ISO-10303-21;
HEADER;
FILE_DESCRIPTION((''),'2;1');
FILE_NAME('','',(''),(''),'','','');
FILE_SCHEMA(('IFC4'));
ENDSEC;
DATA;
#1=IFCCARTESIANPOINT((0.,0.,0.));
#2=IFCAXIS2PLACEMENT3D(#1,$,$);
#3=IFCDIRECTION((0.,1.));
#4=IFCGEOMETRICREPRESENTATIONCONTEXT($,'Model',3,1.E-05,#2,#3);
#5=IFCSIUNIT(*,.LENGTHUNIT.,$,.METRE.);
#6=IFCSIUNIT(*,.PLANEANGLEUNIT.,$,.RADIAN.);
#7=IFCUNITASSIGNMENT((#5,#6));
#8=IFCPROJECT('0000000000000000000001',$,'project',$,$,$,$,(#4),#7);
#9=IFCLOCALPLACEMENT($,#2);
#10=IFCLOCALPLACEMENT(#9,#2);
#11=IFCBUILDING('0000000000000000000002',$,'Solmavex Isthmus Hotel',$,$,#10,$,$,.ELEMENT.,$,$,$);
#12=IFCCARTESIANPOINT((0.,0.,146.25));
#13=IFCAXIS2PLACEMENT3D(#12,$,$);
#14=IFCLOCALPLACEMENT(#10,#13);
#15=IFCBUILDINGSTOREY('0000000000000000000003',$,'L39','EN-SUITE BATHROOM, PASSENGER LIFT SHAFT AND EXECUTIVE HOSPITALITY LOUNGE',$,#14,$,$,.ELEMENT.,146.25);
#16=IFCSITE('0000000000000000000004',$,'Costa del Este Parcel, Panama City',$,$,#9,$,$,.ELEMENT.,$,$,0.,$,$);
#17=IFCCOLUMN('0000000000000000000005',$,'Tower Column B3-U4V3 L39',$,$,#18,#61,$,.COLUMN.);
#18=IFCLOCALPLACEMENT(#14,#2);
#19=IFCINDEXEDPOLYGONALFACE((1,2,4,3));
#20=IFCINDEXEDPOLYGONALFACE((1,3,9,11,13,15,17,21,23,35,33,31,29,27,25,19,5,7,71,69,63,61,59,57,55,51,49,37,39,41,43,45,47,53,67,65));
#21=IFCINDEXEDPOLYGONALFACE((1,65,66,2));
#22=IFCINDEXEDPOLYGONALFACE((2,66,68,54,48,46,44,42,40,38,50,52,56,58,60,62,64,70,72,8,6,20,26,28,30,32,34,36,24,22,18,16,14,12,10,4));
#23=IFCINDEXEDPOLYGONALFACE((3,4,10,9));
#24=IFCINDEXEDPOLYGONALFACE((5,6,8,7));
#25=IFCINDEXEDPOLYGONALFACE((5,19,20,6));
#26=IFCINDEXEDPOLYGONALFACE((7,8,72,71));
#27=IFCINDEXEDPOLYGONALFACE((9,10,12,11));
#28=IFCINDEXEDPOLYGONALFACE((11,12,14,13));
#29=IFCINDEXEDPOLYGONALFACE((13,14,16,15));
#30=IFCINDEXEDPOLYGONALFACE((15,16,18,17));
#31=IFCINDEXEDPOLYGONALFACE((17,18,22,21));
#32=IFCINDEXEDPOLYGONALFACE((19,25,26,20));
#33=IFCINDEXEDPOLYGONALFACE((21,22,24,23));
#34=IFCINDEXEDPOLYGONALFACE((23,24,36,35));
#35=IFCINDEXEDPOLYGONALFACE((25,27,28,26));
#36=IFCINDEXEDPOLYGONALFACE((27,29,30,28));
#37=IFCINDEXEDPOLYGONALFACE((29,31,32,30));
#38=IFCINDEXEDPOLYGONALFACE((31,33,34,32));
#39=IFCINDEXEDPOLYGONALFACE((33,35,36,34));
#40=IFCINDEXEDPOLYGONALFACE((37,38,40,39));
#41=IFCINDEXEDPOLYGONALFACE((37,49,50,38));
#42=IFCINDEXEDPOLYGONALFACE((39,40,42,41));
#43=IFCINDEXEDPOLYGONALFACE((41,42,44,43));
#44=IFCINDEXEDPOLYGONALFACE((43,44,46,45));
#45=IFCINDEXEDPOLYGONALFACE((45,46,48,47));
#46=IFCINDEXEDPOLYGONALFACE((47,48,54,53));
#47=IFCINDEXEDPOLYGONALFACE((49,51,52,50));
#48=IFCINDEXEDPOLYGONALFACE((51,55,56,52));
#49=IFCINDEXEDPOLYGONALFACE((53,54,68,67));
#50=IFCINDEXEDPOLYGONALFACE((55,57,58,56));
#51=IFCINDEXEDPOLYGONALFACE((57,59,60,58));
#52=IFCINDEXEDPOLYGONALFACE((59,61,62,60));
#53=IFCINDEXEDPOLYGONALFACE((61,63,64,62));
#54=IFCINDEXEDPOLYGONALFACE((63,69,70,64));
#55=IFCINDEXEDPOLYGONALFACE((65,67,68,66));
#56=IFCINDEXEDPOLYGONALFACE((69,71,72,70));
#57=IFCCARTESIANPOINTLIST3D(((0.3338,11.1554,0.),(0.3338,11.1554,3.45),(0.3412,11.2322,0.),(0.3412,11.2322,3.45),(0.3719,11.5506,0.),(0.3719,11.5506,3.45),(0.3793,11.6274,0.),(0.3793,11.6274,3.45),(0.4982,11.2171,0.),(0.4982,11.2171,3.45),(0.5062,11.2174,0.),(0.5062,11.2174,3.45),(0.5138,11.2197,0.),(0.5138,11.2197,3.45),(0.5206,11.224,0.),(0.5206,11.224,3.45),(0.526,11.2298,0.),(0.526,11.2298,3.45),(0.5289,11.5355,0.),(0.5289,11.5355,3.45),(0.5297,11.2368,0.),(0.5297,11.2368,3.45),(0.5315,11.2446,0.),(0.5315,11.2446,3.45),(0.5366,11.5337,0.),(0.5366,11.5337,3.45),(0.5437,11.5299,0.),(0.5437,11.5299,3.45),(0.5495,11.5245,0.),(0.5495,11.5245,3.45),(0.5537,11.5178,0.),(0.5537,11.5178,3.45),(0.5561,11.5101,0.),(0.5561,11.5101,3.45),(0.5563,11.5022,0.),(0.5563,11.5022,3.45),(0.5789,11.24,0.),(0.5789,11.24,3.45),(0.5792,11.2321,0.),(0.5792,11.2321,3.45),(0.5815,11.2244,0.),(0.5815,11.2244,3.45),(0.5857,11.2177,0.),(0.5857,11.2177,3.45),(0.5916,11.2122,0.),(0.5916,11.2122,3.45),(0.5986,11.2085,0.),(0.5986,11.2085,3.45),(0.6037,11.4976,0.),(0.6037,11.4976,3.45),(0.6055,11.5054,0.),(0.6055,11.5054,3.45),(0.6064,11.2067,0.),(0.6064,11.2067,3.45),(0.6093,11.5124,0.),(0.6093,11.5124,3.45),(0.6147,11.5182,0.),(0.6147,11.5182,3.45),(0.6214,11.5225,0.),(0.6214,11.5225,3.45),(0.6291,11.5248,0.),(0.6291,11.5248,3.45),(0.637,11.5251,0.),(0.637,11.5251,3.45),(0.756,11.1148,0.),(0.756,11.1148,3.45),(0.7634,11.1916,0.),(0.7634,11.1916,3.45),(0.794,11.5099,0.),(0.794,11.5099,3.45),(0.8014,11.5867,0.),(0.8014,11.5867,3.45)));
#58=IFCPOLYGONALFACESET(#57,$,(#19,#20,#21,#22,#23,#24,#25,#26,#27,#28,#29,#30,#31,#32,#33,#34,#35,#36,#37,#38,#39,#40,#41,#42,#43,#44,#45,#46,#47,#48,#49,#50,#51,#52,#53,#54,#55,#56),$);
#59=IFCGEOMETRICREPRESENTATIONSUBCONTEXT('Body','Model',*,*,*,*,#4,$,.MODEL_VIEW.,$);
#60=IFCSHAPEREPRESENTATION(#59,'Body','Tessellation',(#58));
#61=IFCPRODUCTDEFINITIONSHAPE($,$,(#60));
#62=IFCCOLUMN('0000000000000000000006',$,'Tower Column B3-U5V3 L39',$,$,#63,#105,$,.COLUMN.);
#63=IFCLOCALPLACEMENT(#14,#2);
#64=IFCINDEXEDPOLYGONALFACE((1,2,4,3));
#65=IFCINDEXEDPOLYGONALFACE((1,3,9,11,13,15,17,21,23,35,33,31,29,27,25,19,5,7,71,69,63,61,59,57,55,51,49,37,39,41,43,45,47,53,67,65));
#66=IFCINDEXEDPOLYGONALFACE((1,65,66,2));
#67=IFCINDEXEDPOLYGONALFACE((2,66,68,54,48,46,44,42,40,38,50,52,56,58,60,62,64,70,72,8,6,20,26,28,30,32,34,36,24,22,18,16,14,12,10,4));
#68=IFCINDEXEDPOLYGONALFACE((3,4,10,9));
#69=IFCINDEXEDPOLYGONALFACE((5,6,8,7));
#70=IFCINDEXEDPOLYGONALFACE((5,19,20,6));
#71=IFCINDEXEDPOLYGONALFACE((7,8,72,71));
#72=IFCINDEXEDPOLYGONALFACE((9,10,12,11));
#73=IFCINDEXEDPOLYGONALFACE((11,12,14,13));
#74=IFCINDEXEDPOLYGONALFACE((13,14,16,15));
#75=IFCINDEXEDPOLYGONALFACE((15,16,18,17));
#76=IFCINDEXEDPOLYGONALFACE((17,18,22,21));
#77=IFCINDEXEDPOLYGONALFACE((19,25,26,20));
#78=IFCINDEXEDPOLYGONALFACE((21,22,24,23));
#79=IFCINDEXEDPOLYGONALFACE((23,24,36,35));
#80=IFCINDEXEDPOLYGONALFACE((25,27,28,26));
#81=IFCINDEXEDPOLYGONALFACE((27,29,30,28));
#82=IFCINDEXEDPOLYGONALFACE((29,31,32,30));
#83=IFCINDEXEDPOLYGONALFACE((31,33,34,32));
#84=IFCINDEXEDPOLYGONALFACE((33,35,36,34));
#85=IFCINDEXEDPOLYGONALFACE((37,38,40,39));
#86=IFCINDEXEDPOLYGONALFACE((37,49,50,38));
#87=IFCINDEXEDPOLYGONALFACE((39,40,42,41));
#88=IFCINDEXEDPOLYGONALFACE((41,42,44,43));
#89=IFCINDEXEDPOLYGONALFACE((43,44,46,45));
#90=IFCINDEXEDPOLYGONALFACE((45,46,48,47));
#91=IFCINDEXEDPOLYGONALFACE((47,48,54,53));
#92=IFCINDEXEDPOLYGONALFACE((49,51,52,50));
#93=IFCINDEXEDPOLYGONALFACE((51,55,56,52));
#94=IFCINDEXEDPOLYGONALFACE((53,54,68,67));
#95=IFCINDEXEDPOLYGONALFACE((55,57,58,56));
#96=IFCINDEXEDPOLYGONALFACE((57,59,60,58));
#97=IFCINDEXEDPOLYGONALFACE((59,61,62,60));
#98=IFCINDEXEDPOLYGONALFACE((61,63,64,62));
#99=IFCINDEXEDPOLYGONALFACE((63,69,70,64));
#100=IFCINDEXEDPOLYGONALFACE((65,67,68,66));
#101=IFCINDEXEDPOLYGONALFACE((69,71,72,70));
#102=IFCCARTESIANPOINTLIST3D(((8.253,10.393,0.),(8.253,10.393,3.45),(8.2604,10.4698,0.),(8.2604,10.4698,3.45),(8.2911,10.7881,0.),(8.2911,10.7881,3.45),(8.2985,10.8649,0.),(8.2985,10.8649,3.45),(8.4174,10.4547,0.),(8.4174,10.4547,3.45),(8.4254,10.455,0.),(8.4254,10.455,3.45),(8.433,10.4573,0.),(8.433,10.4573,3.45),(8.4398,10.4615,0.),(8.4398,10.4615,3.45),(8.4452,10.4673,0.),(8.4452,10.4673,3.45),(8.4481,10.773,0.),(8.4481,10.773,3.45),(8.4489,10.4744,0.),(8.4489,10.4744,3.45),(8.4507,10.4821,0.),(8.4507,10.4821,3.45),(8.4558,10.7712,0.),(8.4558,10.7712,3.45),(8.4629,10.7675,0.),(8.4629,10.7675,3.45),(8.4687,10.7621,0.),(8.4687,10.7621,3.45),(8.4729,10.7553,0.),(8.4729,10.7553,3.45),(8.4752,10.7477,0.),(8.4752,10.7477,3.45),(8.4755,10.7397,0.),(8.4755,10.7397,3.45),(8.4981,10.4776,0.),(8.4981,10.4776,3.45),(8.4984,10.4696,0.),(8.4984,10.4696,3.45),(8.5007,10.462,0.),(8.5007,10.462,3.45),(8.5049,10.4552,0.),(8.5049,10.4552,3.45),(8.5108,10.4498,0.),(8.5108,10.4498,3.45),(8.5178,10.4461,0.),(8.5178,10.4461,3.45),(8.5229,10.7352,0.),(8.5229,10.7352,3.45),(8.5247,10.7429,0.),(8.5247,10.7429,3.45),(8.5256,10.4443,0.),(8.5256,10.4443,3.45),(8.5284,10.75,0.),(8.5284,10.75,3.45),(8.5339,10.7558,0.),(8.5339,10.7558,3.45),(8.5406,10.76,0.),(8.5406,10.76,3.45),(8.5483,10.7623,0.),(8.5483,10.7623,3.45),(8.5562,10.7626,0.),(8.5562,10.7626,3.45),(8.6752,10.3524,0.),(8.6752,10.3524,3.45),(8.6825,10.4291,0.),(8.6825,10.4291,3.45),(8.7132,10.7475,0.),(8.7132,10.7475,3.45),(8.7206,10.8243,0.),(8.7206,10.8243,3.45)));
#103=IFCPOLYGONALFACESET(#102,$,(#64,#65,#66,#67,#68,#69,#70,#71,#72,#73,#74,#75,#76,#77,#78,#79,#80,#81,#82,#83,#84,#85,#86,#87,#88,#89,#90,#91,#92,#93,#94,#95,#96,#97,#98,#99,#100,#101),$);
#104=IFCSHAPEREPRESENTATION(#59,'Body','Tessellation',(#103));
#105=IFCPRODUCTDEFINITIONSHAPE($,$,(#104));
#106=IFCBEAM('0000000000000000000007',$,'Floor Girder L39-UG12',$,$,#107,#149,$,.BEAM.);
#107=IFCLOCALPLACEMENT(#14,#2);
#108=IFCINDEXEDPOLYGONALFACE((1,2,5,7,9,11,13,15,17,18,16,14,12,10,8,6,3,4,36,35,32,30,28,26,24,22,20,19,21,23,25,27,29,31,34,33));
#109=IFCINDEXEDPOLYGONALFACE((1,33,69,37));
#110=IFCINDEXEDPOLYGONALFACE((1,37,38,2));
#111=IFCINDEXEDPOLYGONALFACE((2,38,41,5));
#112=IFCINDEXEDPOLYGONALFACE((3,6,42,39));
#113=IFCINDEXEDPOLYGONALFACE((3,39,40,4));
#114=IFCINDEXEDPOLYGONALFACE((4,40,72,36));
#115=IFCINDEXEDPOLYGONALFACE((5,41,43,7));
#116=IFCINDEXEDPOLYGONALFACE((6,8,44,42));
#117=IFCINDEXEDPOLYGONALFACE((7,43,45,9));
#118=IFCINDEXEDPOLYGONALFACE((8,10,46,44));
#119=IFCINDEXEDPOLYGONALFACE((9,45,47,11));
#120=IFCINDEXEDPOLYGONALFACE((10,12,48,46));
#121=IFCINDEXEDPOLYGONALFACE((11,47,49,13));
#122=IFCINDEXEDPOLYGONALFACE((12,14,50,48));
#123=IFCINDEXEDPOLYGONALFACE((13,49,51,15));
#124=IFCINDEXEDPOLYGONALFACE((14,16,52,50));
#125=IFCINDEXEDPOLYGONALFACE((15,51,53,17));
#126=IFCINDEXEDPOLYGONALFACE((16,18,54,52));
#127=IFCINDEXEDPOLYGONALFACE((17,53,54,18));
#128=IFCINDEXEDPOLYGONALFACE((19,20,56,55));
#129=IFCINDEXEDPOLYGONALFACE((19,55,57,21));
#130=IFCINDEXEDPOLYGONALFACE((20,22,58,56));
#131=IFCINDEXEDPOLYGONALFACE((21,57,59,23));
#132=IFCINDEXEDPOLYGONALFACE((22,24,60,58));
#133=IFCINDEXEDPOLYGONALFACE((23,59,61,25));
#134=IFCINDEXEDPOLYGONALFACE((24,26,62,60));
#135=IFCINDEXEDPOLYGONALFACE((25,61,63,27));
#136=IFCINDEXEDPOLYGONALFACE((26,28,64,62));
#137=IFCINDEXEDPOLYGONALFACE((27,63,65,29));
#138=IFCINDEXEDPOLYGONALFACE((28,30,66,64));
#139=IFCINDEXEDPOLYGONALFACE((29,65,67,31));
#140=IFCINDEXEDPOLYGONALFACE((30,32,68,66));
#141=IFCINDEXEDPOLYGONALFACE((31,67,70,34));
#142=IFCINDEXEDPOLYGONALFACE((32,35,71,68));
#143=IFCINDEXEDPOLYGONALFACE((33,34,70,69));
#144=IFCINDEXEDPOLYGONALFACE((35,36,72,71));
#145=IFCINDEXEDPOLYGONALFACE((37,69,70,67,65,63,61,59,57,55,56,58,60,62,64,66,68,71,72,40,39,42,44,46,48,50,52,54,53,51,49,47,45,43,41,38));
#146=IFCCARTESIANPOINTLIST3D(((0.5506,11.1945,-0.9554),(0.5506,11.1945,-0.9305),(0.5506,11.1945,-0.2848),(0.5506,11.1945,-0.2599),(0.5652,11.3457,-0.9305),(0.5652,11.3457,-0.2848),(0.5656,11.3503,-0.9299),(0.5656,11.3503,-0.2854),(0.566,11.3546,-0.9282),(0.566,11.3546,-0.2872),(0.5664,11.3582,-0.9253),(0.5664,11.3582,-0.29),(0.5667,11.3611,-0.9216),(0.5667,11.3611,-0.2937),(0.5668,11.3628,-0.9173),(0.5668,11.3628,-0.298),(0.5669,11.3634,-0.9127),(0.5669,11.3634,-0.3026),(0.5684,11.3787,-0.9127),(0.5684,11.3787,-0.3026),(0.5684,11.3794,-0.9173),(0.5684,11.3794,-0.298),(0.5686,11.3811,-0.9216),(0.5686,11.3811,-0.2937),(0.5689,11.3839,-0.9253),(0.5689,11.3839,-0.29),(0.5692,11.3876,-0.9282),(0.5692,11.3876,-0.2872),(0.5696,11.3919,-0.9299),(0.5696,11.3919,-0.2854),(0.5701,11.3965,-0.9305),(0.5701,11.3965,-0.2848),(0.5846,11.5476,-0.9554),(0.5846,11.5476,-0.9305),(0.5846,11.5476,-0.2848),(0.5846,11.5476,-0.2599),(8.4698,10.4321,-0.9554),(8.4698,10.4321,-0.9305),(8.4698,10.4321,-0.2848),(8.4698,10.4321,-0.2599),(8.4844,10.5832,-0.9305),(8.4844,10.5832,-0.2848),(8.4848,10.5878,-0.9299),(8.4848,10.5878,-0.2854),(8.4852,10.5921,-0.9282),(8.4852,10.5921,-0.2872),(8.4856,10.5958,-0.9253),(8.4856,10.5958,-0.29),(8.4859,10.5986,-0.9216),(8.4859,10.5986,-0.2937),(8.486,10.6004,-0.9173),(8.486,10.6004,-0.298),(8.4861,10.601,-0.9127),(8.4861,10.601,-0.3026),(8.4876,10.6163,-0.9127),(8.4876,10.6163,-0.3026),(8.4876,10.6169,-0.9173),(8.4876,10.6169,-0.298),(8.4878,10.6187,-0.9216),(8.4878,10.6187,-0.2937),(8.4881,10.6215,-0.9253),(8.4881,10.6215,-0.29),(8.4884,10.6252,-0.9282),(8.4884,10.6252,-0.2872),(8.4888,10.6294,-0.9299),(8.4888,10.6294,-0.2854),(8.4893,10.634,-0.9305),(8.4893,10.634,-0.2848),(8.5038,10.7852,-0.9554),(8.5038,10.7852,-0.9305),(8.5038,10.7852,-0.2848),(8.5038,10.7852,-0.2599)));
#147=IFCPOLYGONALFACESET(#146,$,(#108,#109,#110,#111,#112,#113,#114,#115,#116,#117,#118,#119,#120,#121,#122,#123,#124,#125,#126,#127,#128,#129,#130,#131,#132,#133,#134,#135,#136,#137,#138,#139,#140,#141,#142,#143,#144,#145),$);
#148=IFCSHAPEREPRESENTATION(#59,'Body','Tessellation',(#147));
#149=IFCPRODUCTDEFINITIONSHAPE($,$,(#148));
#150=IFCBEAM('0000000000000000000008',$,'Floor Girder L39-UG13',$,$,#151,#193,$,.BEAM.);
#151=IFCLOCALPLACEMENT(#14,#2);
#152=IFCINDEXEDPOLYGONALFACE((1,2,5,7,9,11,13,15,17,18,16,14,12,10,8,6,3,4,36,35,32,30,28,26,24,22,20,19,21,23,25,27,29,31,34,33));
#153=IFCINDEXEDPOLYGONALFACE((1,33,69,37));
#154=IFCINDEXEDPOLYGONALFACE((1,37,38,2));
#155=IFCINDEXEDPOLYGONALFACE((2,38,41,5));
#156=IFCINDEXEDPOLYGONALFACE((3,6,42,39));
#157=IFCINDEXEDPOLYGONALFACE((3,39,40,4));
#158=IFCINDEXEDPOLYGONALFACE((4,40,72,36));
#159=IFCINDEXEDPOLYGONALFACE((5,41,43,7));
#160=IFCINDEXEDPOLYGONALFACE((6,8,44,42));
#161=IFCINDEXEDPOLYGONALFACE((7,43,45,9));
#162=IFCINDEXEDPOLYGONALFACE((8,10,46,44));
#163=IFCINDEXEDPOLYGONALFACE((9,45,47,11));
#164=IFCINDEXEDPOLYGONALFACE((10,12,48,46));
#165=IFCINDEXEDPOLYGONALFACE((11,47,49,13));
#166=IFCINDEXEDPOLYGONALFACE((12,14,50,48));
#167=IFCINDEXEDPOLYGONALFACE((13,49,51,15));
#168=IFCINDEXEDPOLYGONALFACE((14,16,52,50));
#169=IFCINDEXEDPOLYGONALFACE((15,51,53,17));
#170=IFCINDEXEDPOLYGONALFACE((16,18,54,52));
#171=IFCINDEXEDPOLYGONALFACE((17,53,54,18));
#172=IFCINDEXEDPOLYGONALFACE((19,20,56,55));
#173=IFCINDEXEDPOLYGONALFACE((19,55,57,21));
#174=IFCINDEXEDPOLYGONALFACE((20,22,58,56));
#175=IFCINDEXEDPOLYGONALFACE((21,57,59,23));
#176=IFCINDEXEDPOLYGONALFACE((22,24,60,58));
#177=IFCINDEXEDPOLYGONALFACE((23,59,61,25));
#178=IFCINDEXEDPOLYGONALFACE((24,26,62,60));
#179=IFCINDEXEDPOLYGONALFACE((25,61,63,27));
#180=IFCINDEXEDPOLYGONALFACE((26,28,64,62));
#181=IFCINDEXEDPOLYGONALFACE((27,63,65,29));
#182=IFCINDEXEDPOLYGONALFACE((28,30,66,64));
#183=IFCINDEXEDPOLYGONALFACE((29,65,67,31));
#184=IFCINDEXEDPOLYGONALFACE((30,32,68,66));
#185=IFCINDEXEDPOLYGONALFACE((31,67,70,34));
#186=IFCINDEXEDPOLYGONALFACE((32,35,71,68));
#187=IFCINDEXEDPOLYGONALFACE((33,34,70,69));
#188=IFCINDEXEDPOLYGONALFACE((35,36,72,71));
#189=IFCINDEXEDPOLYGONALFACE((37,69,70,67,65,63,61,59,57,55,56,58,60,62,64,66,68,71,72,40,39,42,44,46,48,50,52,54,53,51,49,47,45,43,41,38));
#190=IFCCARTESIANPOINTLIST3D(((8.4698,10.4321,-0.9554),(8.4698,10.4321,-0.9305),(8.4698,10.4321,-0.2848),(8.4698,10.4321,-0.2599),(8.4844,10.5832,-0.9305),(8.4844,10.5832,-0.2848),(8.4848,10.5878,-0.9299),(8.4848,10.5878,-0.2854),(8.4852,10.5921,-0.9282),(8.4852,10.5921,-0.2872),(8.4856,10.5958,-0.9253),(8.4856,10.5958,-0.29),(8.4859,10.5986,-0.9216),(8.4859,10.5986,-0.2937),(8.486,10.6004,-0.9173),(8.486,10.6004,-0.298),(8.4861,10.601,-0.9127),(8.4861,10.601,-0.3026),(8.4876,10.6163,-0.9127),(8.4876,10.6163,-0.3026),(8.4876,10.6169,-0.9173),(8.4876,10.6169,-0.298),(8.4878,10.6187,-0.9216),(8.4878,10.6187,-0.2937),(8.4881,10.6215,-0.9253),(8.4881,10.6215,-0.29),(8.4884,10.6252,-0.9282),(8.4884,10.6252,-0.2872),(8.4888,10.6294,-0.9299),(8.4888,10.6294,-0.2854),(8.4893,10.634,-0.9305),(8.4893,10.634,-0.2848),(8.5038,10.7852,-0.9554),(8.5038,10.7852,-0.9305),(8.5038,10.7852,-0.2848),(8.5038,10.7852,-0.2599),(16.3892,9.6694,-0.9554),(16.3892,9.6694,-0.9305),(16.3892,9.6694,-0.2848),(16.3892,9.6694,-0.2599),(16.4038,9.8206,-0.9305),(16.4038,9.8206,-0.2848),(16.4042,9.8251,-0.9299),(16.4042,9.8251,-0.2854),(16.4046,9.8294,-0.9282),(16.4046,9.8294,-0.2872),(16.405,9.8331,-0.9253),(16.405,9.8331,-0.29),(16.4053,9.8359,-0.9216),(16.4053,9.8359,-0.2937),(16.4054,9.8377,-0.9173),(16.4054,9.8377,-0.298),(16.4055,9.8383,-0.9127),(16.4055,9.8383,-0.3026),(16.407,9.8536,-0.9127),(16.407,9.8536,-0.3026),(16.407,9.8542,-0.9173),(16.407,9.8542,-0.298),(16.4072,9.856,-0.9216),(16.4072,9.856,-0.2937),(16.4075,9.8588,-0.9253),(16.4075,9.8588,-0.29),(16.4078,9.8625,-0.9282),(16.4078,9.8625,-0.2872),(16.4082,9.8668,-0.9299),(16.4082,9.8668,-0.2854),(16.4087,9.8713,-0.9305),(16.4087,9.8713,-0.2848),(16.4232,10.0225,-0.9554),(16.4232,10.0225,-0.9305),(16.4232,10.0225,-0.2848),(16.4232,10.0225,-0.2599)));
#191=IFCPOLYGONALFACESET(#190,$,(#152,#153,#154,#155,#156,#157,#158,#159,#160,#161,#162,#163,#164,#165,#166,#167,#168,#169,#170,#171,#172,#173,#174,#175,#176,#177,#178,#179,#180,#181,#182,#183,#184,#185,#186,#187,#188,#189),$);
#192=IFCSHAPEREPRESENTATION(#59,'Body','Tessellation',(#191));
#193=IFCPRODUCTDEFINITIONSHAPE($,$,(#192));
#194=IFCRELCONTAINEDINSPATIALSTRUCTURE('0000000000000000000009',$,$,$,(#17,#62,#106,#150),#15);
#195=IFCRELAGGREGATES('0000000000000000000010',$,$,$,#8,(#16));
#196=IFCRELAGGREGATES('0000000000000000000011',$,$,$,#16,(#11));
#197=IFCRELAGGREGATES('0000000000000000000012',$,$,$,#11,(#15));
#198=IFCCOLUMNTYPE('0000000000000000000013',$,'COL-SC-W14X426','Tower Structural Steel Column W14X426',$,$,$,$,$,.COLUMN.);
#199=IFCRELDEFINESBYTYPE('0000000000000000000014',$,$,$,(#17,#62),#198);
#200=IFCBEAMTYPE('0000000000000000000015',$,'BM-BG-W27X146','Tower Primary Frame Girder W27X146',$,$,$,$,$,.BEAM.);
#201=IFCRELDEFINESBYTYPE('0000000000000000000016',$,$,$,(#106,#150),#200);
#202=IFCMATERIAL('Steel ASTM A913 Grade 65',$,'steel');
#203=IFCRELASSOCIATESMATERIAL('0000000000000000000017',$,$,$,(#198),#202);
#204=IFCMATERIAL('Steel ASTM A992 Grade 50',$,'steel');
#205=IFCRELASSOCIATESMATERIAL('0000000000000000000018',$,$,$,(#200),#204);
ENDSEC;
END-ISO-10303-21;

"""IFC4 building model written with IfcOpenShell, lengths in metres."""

from ifc_helpers import new_model, si_unit, direction, frame, origin, origin_2d, place, context, subcontext, project, spatial, i_section, extrude, material, material_profile, profile_set, type_object, element, save


model = new_model("IFC4")

# Units and contexts
model_context = context("Model", 3, precision=1e-05, world=origin(), true_north=direction((0.0, 1.0)))
body_context = subcontext(model_context, "Body", "Model", "MODEL_VIEW")
ifc_project = project(units=[si_unit("LENGTHUNIT", "METRE"), si_unit("PLANEANGLEUNIT", "RADIAN")], contexts=[model_context])

# Site, building, storey
site_placement = place(None, origin())
site = spatial("IfcSite", under=ifc_project, at=site_placement, Name="Costa del Este Parcel, Panama City", CompositionType="ELEMENT", RefElevation=0.0)
building_placement = place(site_placement, origin())
building = spatial("IfcBuilding", under=site, at=building_placement, Name="Solmavex Isthmus Hotel", CompositionType="ELEMENT")
storey_placement = place(building_placement, frame((0.0, 0.0, 146.25)))
storey = spatial("IfcBuildingStorey", under=building, at=storey_placement, Name="L39", Description="EN-SUITE BATHROOM, PASSENGER LIFT SHAFT AND EXECUTIVE HOSPITALITY LOUNGE", CompositionType="ELEMENT", Elevation=146.25)

# Columns
ifc_material_1 = material(Name="Steel ASTM A913 Grade 65", Category="steel")
ifc_material_profile_1 = material_profile(ifc_material_1, i_section(OverallWidth=0.4241, OverallDepth=0.4741, WebThickness=0.0476, FlangeThickness=0.0771, FilletRadius=0.0305, at=origin_2d()), Name="W14X426")
ifc_profile_set_1 = profile_set([ifc_material_profile_1], Name="Steel ASTM A913 Grade 65")
column_type = type_object("IfcColumnType", Name="COL-SC-W14X426", Description="Tower Structural Steel Column W14X426", PredefinedType="COLUMN", material=ifc_profile_set_1)
for number, where, z_axis, x_axis, name in (
    (1, (0.5676, 11.3711, 0.0), (0.0, 0.0, 1.0), (0.995396, -0.095846, 0.0), "Tower Column B3-U4V3 L39"),
    (2, (8.4868, 10.6086, 0.0), (0.0, 0.0, 1.0), (0.995396, -0.095846, 0.0), "Tower Column B3-U5V3 L39"),
):
    element("IfcColumn", number, at=place(storey_placement, frame(where, z_axis=z_axis, x_axis=x_axis)), inside=storey, type_object=column_type, Name=name, PredefinedType="COLUMN", context=body_context, shape_type="SweptSolid", body=[
        extrude(i_section(OverallWidth=0.4241, OverallDepth=0.4741, WebThickness=0.0476, FlangeThickness=0.0771, FilletRadius=0.0305, at=origin_2d()), origin(), (0.0, 0.0, 1.0), 3.45),
    ])

# Beams
ifc_material_2 = material(Name="Steel ASTM A992 Grade 50", Category="steel")
ifc_material_profile_2 = material_profile(ifc_material_2, i_section(OverallWidth=0.3547, OverallDepth=0.6956, WebThickness=0.0154, FlangeThickness=0.0249, FilletRadius=0.0178, at=origin_2d()), Name="W27X146")
ifc_profile_set_2 = profile_set([ifc_material_profile_2], Name="Steel ASTM A992 Grade 50")
beam_type_1 = type_object("IfcBeamType", Name="BM-BG-W27X146", Description="Tower Primary Frame Girder W27X146", PredefinedType="BEAM", material=ifc_profile_set_2)
beam_1_placement = place(storey_placement, frame((0.5676, 11.3711, -0.6077), z_axis=(0.995397, -0.095836, 0.0), x_axis=(0.095836, 0.995397, 0.0)))
element("IfcBeam", 3, at=beam_1_placement, inside=storey, type_object=beam_type_1, Name="Floor Girder L39-UG12", PredefinedType="BEAM", context=body_context, shape_type="SweptSolid", body=[
    extrude(i_section(OverallWidth=0.3547, OverallDepth=0.6956, WebThickness=0.0154, FlangeThickness=0.0249, FilletRadius=0.0178, at=origin_2d()), origin(), (0.0, 0.0, 1.0), 7.9558),
])
beam_2_placement = place(storey_placement, frame((8.4868, 10.6086, -0.6077), z_axis=(0.995395, -0.095863, 0.0), x_axis=(0.095863, 0.995395, 0.0)))
element("IfcBeam", 4, at=beam_2_placement, inside=storey, type_object=beam_type_1, Name="Floor Girder L39-UG13", PredefinedType="BEAM", context=body_context, shape_type="SweptSolid", body=[
    extrude(i_section(OverallWidth=0.3547, OverallDepth=0.6956, WebThickness=0.0154, FlangeThickness=0.0249, FilletRadius=0.0178, at=origin_2d()), origin(), (0.0, 0.0, 1.0), 7.9561),
])

save(model, "model.ifc")
